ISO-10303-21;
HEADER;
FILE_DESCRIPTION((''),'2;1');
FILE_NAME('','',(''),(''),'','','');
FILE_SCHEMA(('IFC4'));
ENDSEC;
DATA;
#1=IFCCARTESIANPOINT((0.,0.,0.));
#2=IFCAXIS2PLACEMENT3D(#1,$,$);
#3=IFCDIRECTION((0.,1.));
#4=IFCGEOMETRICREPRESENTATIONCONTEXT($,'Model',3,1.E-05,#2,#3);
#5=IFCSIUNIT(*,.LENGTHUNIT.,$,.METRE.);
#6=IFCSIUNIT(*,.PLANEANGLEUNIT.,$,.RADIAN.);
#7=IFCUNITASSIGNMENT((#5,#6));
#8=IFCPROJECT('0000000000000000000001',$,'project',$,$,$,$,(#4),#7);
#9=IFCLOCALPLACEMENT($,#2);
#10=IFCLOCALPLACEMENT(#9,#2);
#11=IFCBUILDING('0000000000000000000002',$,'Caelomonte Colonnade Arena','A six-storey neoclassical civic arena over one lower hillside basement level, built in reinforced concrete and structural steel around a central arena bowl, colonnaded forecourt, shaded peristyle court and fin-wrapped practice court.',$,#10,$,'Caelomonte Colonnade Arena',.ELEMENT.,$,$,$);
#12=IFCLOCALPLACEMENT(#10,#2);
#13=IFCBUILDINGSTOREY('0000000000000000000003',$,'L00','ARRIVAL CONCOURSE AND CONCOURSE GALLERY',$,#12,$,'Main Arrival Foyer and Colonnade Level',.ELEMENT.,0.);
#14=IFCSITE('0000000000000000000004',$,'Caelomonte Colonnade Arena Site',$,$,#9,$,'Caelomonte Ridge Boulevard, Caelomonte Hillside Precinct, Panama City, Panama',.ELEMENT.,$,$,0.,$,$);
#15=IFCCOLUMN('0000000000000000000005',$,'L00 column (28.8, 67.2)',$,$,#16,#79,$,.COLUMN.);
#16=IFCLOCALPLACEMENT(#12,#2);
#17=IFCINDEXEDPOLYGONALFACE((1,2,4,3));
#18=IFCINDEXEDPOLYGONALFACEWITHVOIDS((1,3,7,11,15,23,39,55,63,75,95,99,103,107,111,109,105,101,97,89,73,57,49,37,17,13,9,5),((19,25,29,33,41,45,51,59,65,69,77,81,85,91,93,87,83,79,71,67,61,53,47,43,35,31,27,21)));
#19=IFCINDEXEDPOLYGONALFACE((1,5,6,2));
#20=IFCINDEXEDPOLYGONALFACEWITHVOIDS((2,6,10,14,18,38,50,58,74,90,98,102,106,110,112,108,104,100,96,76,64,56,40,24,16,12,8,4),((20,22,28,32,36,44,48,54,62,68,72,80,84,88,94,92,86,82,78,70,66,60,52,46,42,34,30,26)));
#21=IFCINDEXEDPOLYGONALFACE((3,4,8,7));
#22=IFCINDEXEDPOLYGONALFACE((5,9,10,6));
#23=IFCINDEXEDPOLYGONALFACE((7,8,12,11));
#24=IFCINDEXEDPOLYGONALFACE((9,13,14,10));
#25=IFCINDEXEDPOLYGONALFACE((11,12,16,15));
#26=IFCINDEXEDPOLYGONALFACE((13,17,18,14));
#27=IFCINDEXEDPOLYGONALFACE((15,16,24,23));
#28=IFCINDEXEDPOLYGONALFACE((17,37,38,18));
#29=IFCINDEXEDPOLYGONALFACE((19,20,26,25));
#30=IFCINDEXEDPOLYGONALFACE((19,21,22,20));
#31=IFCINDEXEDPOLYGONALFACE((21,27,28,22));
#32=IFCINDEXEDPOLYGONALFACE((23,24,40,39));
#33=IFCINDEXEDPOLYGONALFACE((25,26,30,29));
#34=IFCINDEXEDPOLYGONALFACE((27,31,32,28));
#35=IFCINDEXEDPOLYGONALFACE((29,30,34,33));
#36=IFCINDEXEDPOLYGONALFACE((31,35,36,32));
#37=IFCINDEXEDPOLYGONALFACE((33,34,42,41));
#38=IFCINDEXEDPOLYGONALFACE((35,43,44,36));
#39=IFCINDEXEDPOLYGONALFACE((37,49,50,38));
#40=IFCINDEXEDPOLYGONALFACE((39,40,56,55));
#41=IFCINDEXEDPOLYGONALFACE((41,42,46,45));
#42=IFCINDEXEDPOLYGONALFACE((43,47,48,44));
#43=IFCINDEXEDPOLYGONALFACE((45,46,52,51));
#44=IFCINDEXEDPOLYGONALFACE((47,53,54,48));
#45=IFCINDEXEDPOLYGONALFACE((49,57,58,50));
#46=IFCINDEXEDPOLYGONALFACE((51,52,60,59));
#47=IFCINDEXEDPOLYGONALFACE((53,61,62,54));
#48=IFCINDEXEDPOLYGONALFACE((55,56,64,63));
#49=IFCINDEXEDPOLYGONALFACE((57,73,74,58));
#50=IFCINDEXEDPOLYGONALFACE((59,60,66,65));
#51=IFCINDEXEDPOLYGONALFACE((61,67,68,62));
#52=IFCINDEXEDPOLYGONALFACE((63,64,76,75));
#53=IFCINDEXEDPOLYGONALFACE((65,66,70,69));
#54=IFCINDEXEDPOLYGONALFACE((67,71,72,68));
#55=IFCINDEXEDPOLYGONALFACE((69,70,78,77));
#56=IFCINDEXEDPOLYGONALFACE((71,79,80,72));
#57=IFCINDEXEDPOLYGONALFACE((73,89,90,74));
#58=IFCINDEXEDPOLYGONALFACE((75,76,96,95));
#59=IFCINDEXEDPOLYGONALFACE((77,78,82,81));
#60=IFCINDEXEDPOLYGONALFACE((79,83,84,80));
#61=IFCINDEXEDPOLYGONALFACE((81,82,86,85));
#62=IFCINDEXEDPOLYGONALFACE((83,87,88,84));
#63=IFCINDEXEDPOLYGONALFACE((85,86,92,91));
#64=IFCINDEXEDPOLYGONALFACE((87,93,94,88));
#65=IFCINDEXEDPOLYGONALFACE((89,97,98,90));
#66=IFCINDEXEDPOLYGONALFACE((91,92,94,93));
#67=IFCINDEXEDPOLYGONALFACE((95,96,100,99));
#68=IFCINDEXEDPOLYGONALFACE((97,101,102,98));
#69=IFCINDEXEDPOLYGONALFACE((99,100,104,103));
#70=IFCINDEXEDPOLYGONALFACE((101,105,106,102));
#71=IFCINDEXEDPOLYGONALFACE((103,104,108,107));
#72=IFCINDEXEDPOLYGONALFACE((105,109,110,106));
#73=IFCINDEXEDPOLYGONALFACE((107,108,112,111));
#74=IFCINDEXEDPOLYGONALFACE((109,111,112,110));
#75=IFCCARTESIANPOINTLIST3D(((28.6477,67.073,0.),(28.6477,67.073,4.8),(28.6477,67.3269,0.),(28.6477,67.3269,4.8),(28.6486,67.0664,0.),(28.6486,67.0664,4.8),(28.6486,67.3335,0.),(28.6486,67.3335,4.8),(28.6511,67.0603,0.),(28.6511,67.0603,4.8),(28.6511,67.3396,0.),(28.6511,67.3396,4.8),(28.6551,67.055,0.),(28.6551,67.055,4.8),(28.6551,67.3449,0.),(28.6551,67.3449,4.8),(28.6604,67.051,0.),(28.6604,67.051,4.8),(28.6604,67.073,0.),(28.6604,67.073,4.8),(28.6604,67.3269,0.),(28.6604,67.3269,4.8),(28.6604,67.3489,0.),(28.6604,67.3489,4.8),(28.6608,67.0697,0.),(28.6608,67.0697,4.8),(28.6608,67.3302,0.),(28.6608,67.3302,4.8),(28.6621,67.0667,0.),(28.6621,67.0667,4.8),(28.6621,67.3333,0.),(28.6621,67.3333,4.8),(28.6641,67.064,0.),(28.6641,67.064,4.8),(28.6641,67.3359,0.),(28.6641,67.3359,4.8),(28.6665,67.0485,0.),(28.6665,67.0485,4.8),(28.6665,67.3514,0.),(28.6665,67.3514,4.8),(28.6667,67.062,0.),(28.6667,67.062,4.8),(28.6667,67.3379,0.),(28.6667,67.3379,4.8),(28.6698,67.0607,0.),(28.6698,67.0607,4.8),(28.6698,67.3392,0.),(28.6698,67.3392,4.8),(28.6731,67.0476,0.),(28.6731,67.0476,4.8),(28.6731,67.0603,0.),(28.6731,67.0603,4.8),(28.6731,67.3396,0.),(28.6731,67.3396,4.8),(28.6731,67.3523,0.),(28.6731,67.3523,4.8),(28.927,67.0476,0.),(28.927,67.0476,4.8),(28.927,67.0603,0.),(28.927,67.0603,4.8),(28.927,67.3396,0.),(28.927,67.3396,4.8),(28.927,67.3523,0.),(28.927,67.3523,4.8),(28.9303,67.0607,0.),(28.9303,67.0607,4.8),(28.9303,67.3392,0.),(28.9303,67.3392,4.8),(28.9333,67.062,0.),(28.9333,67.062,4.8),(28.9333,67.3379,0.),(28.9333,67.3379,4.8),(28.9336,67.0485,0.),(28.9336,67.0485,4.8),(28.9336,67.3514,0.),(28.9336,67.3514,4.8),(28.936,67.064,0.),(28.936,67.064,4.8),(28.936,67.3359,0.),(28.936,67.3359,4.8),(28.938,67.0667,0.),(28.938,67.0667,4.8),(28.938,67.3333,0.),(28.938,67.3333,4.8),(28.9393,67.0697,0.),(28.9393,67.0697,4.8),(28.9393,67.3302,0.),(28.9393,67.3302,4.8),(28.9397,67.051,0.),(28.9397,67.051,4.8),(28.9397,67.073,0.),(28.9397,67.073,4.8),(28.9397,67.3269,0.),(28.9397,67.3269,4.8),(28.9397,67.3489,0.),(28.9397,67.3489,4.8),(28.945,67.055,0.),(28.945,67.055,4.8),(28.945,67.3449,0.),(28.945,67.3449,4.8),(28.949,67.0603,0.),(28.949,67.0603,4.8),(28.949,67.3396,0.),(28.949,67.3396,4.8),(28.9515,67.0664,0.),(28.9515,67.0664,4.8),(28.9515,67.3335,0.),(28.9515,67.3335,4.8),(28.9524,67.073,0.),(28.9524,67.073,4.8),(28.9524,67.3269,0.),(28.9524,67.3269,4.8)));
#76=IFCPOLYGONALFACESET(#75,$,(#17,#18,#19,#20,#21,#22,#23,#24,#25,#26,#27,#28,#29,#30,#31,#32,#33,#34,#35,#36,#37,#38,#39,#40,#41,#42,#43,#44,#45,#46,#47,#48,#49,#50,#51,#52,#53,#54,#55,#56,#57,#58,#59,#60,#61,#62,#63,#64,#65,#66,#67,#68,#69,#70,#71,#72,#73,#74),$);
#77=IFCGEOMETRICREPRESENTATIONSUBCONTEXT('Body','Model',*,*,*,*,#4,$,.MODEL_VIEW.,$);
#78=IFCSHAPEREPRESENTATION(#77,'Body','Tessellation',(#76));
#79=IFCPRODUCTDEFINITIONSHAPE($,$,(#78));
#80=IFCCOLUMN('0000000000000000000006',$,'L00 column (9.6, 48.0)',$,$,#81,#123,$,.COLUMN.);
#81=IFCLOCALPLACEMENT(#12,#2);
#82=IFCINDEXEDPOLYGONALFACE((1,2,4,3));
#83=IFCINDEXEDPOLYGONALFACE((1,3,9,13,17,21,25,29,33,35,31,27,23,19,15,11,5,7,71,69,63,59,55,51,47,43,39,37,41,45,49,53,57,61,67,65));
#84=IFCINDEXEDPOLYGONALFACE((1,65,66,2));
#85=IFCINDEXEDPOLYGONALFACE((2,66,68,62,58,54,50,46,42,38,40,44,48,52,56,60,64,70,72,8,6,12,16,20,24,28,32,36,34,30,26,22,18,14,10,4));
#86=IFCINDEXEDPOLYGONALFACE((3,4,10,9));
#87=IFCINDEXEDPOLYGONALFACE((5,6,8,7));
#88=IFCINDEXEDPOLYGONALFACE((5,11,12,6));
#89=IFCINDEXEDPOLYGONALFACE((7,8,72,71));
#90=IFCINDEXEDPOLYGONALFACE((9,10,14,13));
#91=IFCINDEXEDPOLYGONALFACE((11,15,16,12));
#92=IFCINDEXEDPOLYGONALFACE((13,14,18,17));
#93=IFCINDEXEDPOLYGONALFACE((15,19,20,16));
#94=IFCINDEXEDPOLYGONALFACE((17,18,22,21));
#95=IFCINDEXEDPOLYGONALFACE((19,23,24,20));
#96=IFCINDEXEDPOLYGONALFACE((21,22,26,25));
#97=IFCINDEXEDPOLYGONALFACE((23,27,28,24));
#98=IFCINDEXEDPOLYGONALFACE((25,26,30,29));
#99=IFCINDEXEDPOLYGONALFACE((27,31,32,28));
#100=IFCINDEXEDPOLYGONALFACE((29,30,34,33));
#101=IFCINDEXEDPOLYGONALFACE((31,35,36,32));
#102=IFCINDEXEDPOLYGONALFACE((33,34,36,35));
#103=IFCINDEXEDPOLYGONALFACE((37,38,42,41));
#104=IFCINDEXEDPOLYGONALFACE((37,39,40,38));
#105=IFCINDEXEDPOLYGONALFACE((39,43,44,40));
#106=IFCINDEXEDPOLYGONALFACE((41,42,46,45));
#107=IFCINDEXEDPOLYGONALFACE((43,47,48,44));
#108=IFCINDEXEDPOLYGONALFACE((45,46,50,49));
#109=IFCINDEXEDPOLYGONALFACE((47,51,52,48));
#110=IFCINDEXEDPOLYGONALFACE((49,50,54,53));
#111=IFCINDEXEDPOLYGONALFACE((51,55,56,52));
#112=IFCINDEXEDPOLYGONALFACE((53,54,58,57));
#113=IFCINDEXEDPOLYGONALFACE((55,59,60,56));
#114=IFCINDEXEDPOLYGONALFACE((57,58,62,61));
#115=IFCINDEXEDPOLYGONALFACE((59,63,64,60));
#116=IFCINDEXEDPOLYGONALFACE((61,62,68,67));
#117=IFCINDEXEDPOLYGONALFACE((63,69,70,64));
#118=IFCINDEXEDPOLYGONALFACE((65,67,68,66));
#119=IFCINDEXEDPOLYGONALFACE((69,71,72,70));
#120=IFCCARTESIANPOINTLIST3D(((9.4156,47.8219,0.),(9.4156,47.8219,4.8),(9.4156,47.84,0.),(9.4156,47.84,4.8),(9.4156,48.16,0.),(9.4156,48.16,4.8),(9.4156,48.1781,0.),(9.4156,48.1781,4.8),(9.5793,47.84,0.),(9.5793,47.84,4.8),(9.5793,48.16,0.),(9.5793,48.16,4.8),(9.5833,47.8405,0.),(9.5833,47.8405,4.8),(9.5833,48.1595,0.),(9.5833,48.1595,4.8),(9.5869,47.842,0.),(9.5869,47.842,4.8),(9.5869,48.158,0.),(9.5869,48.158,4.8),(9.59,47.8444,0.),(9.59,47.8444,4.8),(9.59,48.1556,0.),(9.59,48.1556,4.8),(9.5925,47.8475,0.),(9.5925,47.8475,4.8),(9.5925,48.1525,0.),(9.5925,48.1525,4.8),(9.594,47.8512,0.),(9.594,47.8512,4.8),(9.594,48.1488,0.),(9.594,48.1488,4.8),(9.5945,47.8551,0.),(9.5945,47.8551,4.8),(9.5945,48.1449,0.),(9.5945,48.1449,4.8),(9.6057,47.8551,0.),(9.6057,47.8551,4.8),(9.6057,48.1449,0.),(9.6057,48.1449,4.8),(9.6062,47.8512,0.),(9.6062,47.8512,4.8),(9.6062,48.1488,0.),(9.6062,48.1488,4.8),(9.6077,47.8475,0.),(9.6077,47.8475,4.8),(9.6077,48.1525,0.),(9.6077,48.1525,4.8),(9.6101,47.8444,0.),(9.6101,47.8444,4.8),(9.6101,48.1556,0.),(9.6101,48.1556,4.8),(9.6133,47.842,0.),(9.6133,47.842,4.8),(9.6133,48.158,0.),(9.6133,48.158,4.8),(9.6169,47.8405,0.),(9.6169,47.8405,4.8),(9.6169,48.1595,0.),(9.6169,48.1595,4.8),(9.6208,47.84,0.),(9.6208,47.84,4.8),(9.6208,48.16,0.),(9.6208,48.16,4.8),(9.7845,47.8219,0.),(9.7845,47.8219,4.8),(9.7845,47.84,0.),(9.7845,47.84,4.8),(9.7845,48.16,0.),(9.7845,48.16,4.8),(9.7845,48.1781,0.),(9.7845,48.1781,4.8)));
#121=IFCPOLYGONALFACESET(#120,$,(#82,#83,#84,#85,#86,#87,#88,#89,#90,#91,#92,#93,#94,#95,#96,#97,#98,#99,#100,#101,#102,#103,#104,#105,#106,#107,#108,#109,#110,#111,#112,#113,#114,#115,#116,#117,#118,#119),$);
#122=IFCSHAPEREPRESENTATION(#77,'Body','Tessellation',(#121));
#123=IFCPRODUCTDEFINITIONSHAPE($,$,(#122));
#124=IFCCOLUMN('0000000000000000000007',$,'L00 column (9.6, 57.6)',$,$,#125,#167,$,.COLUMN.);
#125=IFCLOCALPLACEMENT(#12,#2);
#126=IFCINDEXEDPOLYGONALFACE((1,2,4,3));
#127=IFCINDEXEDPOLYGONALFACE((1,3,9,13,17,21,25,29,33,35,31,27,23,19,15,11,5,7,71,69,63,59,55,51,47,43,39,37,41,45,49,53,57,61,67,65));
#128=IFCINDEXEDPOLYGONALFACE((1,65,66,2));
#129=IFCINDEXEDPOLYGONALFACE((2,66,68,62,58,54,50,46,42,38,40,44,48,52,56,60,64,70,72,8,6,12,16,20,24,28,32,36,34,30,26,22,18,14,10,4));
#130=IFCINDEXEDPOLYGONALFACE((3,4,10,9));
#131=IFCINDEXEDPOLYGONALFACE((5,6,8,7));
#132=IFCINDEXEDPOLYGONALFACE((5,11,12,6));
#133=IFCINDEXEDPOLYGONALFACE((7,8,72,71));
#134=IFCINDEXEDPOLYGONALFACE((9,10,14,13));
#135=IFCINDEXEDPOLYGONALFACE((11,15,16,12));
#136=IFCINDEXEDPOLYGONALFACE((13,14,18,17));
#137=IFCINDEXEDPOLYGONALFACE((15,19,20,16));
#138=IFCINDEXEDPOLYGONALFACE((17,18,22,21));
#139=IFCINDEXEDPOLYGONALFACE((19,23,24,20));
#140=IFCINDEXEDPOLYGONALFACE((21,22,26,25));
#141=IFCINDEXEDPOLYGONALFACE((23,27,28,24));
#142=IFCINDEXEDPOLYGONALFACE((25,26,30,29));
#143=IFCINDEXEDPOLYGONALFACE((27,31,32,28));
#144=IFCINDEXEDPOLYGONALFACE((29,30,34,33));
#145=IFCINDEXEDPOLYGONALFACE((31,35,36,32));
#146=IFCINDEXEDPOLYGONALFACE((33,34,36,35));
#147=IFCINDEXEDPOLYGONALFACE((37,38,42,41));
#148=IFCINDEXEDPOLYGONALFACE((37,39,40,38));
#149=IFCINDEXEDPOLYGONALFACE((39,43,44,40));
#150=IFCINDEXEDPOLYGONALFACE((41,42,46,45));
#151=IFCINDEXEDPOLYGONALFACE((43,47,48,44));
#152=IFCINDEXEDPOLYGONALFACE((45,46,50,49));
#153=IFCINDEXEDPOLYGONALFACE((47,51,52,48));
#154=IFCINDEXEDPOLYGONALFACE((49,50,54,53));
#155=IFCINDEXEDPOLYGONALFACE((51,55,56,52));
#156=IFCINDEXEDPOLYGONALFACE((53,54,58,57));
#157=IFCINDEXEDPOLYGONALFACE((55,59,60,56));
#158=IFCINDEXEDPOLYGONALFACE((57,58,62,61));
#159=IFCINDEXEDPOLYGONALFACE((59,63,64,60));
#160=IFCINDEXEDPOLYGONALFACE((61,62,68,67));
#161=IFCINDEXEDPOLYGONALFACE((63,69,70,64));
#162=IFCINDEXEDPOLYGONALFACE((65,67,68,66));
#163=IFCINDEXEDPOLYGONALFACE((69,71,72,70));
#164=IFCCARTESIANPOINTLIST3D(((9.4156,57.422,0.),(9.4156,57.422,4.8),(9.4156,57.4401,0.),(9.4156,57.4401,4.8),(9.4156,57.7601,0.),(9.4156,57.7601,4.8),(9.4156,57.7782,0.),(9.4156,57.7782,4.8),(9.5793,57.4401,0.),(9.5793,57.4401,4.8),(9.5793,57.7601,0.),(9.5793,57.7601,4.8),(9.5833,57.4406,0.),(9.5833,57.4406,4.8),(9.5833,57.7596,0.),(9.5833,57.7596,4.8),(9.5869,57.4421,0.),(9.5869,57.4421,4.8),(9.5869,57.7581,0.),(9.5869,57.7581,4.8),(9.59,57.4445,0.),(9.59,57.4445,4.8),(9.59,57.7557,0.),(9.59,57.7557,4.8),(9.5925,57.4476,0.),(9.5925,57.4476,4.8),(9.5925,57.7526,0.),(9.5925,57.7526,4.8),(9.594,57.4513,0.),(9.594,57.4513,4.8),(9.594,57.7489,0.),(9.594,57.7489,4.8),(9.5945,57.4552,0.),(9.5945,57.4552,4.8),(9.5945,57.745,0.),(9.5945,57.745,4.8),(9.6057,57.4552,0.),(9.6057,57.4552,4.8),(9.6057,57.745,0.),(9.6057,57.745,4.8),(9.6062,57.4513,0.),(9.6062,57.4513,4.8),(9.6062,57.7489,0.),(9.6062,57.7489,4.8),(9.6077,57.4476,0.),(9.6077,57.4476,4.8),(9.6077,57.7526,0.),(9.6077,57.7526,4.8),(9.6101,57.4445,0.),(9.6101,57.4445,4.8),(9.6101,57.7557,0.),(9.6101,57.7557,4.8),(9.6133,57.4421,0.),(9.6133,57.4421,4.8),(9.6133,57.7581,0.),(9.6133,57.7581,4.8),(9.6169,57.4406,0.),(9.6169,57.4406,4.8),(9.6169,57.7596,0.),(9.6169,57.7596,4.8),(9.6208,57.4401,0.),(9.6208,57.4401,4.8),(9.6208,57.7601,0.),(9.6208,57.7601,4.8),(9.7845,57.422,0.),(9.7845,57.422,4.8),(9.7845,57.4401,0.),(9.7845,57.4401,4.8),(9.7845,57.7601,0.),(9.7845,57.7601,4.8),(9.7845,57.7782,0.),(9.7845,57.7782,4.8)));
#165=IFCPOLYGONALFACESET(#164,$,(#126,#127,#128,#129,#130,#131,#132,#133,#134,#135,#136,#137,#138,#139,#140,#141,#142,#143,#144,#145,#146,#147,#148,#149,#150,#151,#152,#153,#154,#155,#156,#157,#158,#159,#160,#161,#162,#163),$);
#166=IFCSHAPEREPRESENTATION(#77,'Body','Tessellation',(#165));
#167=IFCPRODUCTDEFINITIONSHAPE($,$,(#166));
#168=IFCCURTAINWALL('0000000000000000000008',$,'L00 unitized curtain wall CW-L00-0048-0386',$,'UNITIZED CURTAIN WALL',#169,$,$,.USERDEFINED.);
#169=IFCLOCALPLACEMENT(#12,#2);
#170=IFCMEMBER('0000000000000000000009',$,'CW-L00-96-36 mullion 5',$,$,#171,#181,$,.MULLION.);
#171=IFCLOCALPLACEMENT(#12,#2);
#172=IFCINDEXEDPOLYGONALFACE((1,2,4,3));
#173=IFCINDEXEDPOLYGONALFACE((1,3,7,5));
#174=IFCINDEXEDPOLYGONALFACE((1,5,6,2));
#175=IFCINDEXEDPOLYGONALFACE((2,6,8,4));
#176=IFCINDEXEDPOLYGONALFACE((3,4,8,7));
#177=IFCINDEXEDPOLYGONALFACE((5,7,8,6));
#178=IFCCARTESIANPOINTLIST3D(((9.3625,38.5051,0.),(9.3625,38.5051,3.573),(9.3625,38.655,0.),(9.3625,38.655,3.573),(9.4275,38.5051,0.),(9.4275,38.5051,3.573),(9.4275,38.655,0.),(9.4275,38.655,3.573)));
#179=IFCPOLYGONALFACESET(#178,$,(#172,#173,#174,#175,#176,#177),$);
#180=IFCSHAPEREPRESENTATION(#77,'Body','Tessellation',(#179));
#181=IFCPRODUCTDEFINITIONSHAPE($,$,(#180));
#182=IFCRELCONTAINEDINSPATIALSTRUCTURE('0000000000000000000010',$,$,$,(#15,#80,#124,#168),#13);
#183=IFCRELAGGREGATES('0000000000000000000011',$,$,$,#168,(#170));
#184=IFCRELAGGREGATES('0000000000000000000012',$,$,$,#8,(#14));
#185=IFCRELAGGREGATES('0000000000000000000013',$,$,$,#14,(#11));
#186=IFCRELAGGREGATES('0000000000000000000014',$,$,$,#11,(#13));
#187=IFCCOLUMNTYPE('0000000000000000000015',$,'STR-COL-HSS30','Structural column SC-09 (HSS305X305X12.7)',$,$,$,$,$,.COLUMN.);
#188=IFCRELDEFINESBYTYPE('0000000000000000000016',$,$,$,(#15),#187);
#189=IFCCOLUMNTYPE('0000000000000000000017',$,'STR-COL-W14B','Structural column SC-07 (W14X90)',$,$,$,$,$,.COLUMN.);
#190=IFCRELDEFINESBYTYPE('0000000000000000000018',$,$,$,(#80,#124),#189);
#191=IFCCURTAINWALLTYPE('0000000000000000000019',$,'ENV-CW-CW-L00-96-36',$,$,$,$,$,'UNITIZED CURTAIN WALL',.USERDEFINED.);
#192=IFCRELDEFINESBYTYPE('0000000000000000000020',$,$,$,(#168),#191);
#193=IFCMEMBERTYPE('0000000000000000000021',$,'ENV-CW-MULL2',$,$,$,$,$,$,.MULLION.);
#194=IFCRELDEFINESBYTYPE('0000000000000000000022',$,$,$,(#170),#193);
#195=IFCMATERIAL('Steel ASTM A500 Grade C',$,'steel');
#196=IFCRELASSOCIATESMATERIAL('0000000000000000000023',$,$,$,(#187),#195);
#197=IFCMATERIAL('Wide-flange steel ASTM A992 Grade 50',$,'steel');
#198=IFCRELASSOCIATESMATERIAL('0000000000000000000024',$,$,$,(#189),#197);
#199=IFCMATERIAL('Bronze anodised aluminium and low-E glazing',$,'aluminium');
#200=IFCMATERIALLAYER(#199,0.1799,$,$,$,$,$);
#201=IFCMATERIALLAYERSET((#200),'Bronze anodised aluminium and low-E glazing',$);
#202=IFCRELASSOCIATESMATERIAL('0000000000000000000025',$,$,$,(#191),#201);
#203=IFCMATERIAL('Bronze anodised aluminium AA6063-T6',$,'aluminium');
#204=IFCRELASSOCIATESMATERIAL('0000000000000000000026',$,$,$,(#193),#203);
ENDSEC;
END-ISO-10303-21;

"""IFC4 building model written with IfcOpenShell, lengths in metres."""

from ifc_helpers import new_model, si_unit, direction, frame, origin, origin_2d, place, context, subcontext, project, spatial, rectangle, hollow_rectangle, i_section, extrude, material, layer, layer_set, material_profile, profile_set, type_object, element, aggregate, save


model = new_model("IFC4")

# Units and contexts
model_context = context("Model", 3, precision=1e-05, world=origin(), true_north=direction((0.0, 1.0)))
body_context = subcontext(model_context, "Body", "Model", "MODEL_VIEW")
ifc_project = project(units=[si_unit("LENGTHUNIT", "METRE"), si_unit("PLANEANGLEUNIT", "RADIAN")], contexts=[model_context])

# Site, building, storey
site_placement = place(None, origin())
site = spatial("IfcSite", under=ifc_project, at=site_placement, Name="Caelomonte Colonnade Arena Site", LongName="Caelomonte Ridge Boulevard, Caelomonte Hillside Precinct, Panama City, Panama", CompositionType="ELEMENT", RefElevation=0.0)
building_placement = place(site_placement, origin())
building = spatial("IfcBuilding", under=site, at=building_placement, Name="Caelomonte Colonnade Arena", Description="A six-storey neoclassical civic arena over one lower hillside basement level, built in reinforced concrete and structural steel around a central arena bowl, colonnaded forecourt, shaded peristyle court and fin-wrapped practice court.", LongName="Caelomonte Colonnade Arena", CompositionType="ELEMENT")
storey_placement = place(building_placement, origin())
storey = spatial("IfcBuildingStorey", under=building, at=storey_placement, Name="L00", Description="ARRIVAL CONCOURSE AND CONCOURSE GALLERY", LongName="Main Arrival Foyer and Colonnade Level", CompositionType="ELEMENT", Elevation=0.0)

# Columns
ifc_material_1 = material(Name="Steel ASTM A500 Grade C", Category="steel")
ifc_material_profile_1 = material_profile(ifc_material_1, hollow_rectangle(XDim=0.3047, YDim=0.3047, WallThickness=0.0127, InnerFilletRadius=0.0127, OuterFilletRadius=0.0254, at=origin_2d()), Name="HSS305X305X12.7")
ifc_profile_set_1 = profile_set([ifc_material_profile_1], Name="Steel ASTM A500 Grade C")
column_type_1 = type_object("IfcColumnType", Name="STR-COL-HSS30", Description="Structural column SC-09 (HSS305X305X12.7)", PredefinedType="COLUMN", material=ifc_profile_set_1)
for number, where, z_axis, x_axis, name in (
    (1, (28.8, 67.2, 0.0), (0.0, 0.0, 1.0), (1.0, 0.0, 0.0), "L00 column (28.8, 67.2)"),
):
    element("IfcColumn", number, at=place(storey_placement, frame(where, z_axis=z_axis, x_axis=x_axis)), inside=storey, type_object=column_type_1, Name=name, PredefinedType="COLUMN", context=body_context, shape_type="SweptSolid", body=[
        extrude(hollow_rectangle(XDim=0.3047, YDim=0.3047, WallThickness=0.0127, InnerFilletRadius=0.0127, OuterFilletRadius=0.0254, at=origin_2d()), origin(), (0.0, 0.0, 1.0), 4.8),
    ])
ifc_material_2 = material(Name="Wide-flange steel ASTM A992 Grade 50", Category="steel")
ifc_material_profile_2 = material_profile(ifc_material_2, i_section(OverallWidth=0.3689, OverallDepth=0.3562, WebThickness=0.0112, FlangeThickness=0.0181, FilletRadius=0.0151, at=origin_2d()), Name="W14X90")
ifc_profile_set_2 = profile_set([ifc_material_profile_2], Name="Wide-flange steel ASTM A992 Grade 50")
column_type_2 = type_object("IfcColumnType", Name="STR-COL-W14B", Description="Structural column SC-07 (W14X90)", PredefinedType="COLUMN", material=ifc_profile_set_2)
for number, where, z_axis, x_axis, name in (
    (2, (9.6001, 48.0, 0.0), (0.0, 0.0, 1.0), (1.0, 0.0, 0.0), "L00 column (9.6, 48.0)"),
    (3, (9.6001, 57.6001, 0.0), (0.0, 0.0, 1.0), (1.0, 0.0, 0.0), "L00 column (9.6, 57.6)"),
):
    element("IfcColumn", number, at=place(storey_placement, frame(where, z_axis=z_axis, x_axis=x_axis)), inside=storey, type_object=column_type_2, Name=name, PredefinedType="COLUMN", context=body_context, shape_type="SweptSolid", body=[
        extrude(i_section(OverallWidth=0.3689, OverallDepth=0.3562, WebThickness=0.0112, FlangeThickness=0.0181, FilletRadius=0.0151, at=origin_2d()), origin(), (0.0, 0.0, 1.0), 4.8),
    ])

# Curtain wall, member
ifc_material_3 = material(Name="Bronze anodised aluminium and low-E glazing", Category="aluminium")
ifc_layer_1 = layer(ifc_material_3, 0.1799)
ifc_layer_set_1 = layer_set([ifc_layer_1], Name="Bronze anodised aluminium and low-E glazing")
curtain_wall_type = type_object("IfcCurtainWallType", Name="ENV-CW-CW-L00-96-36", ElementType="UNITIZED CURTAIN WALL", PredefinedType="USERDEFINED", material=ifc_layer_set_1)
curtain_wall_placement = place(storey_placement, origin())
curtain_wall = element("IfcCurtainWall", 4, at=curtain_wall_placement, inside=storey, type_object=curtain_wall_type, Name="L00 unitized curtain wall CW-L00-0048-0386", ObjectType="UNITIZED CURTAIN WALL", PredefinedType="USERDEFINED")
ifc_material_4 = material(Name="Bronze anodised aluminium AA6063-T6", Category="aluminium")
ifc_material_profile_3 = material_profile(ifc_material_4, rectangle(XDim=0.0649, YDim=0.1499, at=origin_2d()), Name="CWM-65X150")
ifc_profile_set_3 = profile_set([ifc_material_profile_3], Name="Bronze anodised aluminium AA6063-T6")
member_type = type_object("IfcMemberType", Name="ENV-CW-MULL2", PredefinedType="MULLION", material=ifc_profile_set_3)
member_placement = place(storey_placement, frame((9.395, 38.5801, 0.0), z_axis=(0.0, 0.0, 1.0), x_axis=(1.0, 0.0, 0.0)))
member = element("IfcMember", 5, at=member_placement, type_object=member_type, Name="CW-L00-96-36 mullion 5", PredefinedType="MULLION", context=body_context, shape_type="SweptSolid", body=[
    extrude(rectangle(XDim=0.0649, YDim=0.1499, at=origin_2d()), origin(), (0.0, 0.0, 1.0), 3.573),
])
aggregate(curtain_wall, [member])

save(model, "model.ifc")
